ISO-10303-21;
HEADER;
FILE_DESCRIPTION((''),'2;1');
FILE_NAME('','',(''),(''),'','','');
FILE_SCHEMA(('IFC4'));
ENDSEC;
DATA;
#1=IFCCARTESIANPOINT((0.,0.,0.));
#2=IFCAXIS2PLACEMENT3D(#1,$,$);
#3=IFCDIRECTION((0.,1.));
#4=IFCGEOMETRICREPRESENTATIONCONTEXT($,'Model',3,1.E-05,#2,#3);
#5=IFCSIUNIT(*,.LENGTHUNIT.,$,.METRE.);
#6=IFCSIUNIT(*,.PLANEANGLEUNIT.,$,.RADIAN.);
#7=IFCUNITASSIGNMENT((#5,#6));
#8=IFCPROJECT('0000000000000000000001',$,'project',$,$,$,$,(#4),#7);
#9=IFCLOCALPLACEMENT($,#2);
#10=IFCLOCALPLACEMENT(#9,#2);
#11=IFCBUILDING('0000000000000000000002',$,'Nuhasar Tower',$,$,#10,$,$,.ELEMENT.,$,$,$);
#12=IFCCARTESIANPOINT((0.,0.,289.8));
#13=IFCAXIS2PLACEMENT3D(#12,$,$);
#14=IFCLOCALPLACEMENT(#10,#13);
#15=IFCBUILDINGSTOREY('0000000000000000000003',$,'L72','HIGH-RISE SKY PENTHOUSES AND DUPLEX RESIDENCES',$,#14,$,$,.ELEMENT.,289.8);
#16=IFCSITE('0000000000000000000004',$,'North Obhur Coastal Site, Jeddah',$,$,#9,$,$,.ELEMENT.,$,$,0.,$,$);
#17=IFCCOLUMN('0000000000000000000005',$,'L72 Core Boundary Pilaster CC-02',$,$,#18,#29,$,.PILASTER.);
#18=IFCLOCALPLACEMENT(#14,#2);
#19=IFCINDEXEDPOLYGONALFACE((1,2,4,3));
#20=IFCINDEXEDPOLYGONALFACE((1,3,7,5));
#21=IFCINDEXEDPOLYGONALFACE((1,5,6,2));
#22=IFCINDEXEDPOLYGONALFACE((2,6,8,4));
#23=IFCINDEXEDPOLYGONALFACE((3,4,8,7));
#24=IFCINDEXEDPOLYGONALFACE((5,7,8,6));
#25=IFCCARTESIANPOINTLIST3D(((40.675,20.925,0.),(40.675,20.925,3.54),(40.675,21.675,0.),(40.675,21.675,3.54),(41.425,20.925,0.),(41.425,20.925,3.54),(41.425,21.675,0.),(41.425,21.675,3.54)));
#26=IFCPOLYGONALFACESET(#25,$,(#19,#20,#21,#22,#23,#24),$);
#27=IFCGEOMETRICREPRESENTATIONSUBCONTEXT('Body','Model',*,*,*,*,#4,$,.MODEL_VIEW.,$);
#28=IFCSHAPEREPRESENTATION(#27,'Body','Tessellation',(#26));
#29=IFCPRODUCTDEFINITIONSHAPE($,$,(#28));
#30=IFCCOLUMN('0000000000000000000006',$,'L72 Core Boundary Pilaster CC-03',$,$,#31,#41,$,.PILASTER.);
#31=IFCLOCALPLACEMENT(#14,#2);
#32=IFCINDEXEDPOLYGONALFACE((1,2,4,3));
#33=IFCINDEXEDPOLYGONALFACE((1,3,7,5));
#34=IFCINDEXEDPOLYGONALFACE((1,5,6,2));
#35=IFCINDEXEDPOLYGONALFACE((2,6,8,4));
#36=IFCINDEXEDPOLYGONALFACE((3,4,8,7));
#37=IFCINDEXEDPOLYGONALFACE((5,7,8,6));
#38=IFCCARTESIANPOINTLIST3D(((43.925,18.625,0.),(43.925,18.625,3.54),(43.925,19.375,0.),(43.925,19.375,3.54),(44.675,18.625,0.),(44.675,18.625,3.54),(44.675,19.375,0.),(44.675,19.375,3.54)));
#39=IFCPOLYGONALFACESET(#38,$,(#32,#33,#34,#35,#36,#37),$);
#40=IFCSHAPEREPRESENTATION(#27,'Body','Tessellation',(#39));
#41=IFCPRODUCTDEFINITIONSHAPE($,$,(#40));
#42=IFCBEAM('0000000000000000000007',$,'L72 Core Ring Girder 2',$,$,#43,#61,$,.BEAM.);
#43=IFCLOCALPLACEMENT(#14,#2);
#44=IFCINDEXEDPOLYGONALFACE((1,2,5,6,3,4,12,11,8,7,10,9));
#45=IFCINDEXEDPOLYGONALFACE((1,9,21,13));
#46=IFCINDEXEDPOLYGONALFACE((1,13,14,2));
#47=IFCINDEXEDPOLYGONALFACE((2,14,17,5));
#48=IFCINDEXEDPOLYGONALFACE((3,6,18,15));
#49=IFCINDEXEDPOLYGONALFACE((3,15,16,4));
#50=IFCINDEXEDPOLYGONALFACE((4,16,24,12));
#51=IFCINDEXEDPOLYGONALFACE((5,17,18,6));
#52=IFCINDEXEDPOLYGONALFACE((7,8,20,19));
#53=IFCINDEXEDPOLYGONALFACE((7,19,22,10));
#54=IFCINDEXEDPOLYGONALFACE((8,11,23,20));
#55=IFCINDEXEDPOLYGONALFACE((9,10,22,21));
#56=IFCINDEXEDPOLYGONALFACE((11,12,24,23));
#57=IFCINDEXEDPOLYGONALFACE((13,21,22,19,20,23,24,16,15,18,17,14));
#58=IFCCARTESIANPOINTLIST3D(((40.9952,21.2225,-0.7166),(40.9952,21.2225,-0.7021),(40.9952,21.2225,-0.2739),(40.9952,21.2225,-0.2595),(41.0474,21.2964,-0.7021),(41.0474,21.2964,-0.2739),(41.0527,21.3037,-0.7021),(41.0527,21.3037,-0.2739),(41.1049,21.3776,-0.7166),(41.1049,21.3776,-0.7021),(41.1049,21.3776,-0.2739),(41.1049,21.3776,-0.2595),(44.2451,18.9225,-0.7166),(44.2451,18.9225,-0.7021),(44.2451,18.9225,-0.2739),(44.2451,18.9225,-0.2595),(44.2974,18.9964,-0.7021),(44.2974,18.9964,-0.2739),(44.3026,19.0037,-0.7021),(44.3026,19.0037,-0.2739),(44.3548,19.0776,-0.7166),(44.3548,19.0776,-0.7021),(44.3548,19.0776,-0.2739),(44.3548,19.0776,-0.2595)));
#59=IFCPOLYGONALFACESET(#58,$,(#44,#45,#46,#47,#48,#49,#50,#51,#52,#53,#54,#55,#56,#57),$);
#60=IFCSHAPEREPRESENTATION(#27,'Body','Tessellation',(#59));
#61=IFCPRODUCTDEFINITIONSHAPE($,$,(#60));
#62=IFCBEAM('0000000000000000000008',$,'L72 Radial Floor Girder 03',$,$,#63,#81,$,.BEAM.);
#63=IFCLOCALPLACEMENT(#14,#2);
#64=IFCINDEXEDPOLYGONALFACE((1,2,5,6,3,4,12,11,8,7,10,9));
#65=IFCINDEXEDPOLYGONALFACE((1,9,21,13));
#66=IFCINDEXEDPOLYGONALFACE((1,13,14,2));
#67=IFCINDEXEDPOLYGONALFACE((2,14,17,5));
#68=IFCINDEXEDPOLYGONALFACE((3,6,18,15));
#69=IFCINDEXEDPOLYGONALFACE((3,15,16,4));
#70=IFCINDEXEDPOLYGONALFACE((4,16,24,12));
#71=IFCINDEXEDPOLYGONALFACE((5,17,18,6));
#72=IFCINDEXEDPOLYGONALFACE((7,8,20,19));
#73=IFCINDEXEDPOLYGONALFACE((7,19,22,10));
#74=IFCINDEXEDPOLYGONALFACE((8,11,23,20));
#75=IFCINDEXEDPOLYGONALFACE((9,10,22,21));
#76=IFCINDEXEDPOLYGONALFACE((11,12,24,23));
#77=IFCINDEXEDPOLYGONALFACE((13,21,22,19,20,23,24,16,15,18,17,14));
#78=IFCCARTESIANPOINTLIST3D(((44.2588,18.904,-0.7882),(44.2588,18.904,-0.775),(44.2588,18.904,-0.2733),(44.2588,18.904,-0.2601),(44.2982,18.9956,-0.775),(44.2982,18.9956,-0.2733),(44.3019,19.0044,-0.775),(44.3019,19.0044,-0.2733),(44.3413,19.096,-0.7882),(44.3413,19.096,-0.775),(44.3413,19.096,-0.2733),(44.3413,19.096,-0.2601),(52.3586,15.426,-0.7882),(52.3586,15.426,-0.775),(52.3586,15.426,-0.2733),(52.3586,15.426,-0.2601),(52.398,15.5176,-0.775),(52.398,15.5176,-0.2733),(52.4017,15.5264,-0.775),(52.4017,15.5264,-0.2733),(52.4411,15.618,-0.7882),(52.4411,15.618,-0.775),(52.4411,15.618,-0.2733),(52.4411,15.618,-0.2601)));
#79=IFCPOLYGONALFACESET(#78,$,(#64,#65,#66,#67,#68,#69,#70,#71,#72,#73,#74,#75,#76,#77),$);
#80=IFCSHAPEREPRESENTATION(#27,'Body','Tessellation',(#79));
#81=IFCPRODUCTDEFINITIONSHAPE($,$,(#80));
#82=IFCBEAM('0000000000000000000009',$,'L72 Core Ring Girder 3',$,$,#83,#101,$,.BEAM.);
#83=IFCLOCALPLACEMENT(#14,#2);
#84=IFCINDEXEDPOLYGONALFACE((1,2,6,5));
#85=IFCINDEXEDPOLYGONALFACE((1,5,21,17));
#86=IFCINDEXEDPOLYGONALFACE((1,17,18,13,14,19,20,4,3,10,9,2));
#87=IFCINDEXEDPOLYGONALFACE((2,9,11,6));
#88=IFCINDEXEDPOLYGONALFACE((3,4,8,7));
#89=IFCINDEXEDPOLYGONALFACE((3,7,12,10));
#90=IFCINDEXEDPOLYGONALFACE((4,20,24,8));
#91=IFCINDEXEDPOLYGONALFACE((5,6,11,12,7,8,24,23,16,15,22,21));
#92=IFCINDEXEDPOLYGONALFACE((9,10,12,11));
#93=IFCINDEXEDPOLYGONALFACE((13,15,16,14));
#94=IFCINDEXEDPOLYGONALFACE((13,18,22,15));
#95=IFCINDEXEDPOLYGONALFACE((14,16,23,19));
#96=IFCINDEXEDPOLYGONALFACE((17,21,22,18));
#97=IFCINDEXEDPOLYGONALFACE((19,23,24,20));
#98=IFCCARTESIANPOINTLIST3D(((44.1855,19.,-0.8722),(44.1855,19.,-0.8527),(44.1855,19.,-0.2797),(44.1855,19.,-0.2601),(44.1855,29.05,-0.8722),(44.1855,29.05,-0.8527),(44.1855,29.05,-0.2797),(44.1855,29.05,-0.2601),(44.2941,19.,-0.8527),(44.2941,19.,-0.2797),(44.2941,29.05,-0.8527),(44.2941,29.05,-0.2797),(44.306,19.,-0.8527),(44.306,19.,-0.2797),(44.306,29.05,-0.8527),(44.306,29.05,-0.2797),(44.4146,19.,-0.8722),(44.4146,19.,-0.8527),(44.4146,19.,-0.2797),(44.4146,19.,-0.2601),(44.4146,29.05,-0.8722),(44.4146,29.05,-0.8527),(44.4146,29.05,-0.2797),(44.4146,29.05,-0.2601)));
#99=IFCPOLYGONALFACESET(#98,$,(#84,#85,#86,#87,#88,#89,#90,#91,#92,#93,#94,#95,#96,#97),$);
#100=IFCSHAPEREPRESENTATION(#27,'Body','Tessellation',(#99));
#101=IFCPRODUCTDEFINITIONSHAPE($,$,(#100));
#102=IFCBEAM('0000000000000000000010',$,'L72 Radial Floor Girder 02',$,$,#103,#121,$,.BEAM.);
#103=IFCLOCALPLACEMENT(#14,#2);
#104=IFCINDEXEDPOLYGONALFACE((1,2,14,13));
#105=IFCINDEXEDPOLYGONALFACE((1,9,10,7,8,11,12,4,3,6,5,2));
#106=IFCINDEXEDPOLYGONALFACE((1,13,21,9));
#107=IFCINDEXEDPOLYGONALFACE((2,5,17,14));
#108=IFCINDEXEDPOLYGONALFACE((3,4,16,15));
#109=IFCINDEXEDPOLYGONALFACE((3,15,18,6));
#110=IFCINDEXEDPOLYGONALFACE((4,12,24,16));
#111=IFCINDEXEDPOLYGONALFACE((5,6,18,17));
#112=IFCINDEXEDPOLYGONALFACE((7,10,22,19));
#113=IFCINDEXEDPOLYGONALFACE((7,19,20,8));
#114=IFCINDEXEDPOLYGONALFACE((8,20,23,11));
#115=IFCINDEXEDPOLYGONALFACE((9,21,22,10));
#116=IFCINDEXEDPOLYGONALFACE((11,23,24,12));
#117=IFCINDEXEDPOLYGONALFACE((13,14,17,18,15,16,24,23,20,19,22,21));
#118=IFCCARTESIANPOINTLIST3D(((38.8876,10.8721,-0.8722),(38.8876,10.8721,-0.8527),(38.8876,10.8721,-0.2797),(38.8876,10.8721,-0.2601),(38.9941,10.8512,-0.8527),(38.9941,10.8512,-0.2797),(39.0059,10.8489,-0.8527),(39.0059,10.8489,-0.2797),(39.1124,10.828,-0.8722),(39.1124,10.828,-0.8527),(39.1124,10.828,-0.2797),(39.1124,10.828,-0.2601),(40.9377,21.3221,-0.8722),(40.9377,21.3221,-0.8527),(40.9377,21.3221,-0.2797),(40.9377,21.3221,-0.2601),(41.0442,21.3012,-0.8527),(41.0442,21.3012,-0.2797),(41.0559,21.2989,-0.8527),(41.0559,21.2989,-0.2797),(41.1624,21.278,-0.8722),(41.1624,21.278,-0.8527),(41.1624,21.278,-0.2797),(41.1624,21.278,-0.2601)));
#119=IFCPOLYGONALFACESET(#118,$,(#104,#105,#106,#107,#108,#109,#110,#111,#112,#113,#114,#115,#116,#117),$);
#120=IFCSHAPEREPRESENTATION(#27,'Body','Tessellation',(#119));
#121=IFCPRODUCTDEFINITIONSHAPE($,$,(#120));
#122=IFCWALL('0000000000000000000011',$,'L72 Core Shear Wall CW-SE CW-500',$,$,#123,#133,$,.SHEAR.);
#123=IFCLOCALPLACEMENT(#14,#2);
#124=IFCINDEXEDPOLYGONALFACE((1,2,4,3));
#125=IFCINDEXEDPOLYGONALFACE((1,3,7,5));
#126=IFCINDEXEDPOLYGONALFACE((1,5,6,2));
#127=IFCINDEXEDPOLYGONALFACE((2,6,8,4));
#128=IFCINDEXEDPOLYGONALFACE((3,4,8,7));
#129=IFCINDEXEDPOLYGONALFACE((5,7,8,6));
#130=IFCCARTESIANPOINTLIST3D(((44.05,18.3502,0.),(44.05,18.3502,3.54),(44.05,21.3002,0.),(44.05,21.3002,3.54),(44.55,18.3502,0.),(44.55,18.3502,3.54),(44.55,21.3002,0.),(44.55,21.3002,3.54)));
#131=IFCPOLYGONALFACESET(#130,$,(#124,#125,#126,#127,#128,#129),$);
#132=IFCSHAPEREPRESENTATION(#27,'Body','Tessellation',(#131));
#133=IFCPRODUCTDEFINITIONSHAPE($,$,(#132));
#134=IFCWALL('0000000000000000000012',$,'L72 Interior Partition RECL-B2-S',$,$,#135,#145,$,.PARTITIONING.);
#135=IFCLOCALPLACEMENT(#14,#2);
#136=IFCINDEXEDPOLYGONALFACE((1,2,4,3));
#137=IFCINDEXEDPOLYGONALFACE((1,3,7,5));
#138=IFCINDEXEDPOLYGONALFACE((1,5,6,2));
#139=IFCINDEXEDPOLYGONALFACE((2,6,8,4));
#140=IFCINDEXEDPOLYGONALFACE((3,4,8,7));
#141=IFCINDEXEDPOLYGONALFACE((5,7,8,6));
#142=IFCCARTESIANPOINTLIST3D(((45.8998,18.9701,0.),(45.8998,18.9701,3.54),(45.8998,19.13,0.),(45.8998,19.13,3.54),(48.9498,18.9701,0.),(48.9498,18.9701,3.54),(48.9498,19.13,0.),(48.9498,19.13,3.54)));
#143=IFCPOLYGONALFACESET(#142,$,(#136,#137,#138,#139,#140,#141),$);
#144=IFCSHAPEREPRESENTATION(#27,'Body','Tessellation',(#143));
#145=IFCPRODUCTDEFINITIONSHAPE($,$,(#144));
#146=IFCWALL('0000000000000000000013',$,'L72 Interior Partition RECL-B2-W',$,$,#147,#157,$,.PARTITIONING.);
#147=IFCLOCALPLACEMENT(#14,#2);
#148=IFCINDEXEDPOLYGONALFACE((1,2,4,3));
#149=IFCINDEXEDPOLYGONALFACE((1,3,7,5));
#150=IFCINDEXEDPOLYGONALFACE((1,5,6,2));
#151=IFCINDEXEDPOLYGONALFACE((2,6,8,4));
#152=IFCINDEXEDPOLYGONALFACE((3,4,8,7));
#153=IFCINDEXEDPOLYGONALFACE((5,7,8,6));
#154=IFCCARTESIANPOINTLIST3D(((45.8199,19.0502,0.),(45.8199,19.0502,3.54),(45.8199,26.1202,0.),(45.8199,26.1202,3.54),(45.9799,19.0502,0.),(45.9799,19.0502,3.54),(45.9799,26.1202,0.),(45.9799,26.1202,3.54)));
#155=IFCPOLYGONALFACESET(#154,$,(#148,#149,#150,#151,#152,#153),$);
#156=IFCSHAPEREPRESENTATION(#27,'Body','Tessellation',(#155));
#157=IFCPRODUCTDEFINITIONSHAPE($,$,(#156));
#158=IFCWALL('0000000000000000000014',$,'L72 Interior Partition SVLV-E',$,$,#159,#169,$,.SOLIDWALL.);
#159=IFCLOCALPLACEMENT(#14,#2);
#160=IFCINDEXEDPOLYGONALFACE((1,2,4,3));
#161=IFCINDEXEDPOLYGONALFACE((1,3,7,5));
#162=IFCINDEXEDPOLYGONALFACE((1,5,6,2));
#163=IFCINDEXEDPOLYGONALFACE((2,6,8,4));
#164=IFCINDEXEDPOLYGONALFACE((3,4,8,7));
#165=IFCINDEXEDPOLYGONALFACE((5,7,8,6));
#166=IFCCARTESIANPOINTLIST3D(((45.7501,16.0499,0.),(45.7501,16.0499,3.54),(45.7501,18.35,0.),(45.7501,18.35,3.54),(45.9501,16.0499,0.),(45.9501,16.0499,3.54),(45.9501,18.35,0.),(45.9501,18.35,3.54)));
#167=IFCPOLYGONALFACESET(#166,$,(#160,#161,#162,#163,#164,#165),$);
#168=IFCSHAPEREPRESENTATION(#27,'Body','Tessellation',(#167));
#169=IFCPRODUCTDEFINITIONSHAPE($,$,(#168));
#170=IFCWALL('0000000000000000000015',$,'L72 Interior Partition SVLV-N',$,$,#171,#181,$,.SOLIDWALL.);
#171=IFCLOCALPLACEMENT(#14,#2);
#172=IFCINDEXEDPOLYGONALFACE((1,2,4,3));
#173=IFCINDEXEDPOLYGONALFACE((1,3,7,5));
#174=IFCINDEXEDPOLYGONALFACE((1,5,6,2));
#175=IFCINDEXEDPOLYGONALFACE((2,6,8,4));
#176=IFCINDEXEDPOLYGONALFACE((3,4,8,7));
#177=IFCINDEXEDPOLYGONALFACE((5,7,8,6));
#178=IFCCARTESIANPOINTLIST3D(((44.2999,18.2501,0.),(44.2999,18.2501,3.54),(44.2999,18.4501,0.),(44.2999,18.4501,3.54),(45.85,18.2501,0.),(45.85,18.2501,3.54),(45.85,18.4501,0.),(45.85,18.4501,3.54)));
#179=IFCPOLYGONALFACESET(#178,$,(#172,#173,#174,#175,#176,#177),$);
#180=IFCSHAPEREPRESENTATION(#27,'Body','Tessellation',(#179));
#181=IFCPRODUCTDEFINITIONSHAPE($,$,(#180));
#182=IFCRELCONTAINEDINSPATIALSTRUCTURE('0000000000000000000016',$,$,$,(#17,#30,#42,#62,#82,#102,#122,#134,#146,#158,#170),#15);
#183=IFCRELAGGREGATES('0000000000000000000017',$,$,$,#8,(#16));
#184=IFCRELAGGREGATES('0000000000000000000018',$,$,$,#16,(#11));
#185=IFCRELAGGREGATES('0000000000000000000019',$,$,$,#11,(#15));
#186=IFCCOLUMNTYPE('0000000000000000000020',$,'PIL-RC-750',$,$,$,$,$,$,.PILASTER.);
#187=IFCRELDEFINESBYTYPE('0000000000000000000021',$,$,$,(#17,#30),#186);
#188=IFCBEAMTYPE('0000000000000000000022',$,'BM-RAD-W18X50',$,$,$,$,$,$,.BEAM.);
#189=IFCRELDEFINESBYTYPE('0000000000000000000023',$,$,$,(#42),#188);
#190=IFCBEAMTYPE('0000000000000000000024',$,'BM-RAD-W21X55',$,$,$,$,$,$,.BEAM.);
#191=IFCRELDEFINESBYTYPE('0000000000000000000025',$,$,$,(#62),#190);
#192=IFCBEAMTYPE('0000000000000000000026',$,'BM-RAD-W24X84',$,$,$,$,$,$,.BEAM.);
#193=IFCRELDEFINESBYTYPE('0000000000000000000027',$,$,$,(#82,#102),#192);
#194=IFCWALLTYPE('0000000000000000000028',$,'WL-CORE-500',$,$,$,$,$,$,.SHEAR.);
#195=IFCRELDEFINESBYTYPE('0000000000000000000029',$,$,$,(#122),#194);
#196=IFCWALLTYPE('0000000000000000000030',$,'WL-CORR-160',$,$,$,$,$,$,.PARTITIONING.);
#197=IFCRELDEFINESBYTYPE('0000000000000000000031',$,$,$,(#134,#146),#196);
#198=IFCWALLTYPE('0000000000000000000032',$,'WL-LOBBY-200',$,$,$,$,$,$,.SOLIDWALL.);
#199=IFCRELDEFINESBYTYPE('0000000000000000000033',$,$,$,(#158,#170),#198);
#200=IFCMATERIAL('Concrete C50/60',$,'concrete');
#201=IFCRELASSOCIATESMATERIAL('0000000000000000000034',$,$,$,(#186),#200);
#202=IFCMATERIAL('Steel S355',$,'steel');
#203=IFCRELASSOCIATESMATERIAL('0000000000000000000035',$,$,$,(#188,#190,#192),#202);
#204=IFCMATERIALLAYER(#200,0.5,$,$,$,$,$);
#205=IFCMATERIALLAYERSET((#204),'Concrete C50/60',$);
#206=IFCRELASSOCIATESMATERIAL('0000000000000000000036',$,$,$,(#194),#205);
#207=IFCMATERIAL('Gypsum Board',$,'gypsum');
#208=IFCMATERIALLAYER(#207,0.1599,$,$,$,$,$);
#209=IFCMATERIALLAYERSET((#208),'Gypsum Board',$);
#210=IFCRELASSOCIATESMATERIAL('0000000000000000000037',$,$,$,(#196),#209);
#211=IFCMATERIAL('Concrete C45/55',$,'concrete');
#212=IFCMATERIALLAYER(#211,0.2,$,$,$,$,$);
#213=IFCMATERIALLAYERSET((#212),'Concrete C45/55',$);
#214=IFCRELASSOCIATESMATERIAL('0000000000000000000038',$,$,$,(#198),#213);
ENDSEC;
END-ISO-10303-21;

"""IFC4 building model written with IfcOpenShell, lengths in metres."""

from ifc_helpers import new_model, si_unit, direction, frame, frame_2d, origin, origin_2d, place, context, subcontext, project, spatial, rectangle, i_section, extrude, material, layer, layer_set, material_profile, profile_set, type_object, element, save


model = new_model("IFC4")

# Units and contexts
model_context = context("Model", 3, precision=1e-05, world=origin(), true_north=direction((0.0, 1.0)))
body_context = subcontext(model_context, "Body", "Model", "MODEL_VIEW")
ifc_project = project(units=[si_unit("LENGTHUNIT", "METRE"), si_unit("PLANEANGLEUNIT", "RADIAN")], contexts=[model_context])

# Site, building, storey
site_placement = place(None, origin())
site = spatial("IfcSite", under=ifc_project, at=site_placement, Name="North Obhur Coastal Site, Jeddah", CompositionType="ELEMENT", RefElevation=0.0)
building_placement = place(site_placement, origin())
building = spatial("IfcBuilding", under=site, at=building_placement, Name="Nuhasar Tower", CompositionType="ELEMENT")
storey_placement = place(building_placement, frame((0.0, 0.0, 289.8)))
storey = spatial("IfcBuildingStorey", under=building, at=storey_placement, Name="L72", Description="HIGH-RISE SKY PENTHOUSES AND DUPLEX RESIDENCES", CompositionType="ELEMENT", Elevation=289.8)

# Columns
ifc_material_1 = material(Name="Concrete C50/60", Category="concrete")
ifc_material_profile_1 = material_profile(ifc_material_1, rectangle(XDim=0.75, YDim=0.75, at=origin_2d()), Name="RC750X750")
ifc_profile_set_1 = profile_set([ifc_material_profile_1], Name="Concrete C50/60")
column_type = type_object("IfcColumnType", Name="PIL-RC-750", PredefinedType="PILASTER", material=ifc_profile_set_1)
for number, where, z_axis, x_axis, name in (
    (1, (41.05, 21.3, 0.0), (0.0, 0.0, 1.0), (1.0, 0.0, 0.0), "L72 Core Boundary Pilaster CC-02"),
    (2, (44.3, 19.0, 0.0), (0.0, 0.0, 1.0), (1.0, 0.0, 0.0), "L72 Core Boundary Pilaster CC-03"),
):
    element("IfcColumn", number, at=place(storey_placement, frame(where, z_axis=z_axis, x_axis=x_axis)), inside=storey, type_object=column_type, Name=name, PredefinedType="PILASTER", context=body_context, shape_type="SweptSolid", body=[
        extrude(rectangle(XDim=0.75, YDim=0.75, at=origin_2d()), origin(), (0.0, 0.0, 1.0), 3.54),
    ])

# Beams
ifc_material_2 = material(Name="Steel S355", Category="steel")
ifc_material_profile_2 = material_profile(ifc_material_2, i_section(OverallWidth=0.1899, OverallDepth=0.457, WebThickness=0.009, FlangeThickness=0.0144, at=origin_2d()), Name="W18X50")
ifc_profile_set_2 = profile_set([ifc_material_profile_2], Name="Steel S355")
beam_type_1 = type_object("IfcBeamType", Name="BM-RAD-W18X50", PredefinedType="BEAM", material=ifc_profile_set_2)
beam_1_placement = place(storey_placement, frame((41.05, 21.3, -0.488), z_axis=(0.816265, -0.577677, 0.0), x_axis=(0.577677, 0.816265, 0.0)))
element("IfcBeam", 3, at=beam_1_placement, inside=storey, type_object=beam_type_1, Name="L72 Core Ring Girder 2", PredefinedType="BEAM", context=body_context, shape_type="SweptSolid", body=[
    extrude(i_section(OverallWidth=0.1899, OverallDepth=0.457, WebThickness=0.009, FlangeThickness=0.0144, at=origin_2d()), origin(), (0.0, 0.0, 1.0), 3.9814),
])
ifc_material_profile_3 = material_profile(ifc_material_2, i_section(OverallWidth=0.209, OverallDepth=0.5281, WebThickness=0.0095, FlangeThickness=0.0132, at=origin_2d()), Name="W21X55")
ifc_profile_set_3 = profile_set([ifc_material_profile_3], Name="Steel S355")
beam_type_2 = type_object("IfcBeamType", Name="BM-RAD-W21X55", PredefinedType="BEAM", material=ifc_profile_set_3)
beam_2_placement = place(storey_placement, frame((44.3, 19.0, -0.5242), z_axis=(0.918871, -0.394558, 0.0), x_axis=(0.394558, 0.918871, 0.0)))
element("IfcBeam", 4, at=beam_2_placement, inside=storey, type_object=beam_type_2, Name="L72 Radial Floor Girder 03", PredefinedType="BEAM", context=body_context, shape_type="SweptSolid", body=[
    extrude(i_section(OverallWidth=0.209, OverallDepth=0.5281, WebThickness=0.0095, FlangeThickness=0.0132, at=origin_2d()), origin(), (0.0, 0.0, 1.0), 8.8149),
])
ifc_material_profile_4 = material_profile(ifc_material_2, i_section(OverallWidth=0.229, OverallDepth=0.6121, WebThickness=0.012, FlangeThickness=0.0195, at=origin_2d()), Name="W24X84")
ifc_profile_set_4 = profile_set([ifc_material_profile_4], Name="Steel S355")
beam_type_3 = type_object("IfcBeamType", Name="BM-RAD-W24X84", PredefinedType="BEAM", material=ifc_profile_set_4)
beam_3_placement = place(storey_placement, frame((44.3, 19.0, -0.5662), z_axis=(0.0, 1.0, 0.0), x_axis=(-1.0, 0.0, 0.0)))
element("IfcBeam", 5, at=beam_3_placement, inside=storey, type_object=beam_type_3, Name="L72 Core Ring Girder 3", PredefinedType="BEAM", context=body_context, shape_type="SweptSolid", body=[
    extrude(i_section(OverallWidth=0.229, OverallDepth=0.6121, WebThickness=0.012, FlangeThickness=0.0195, at=origin_2d()), origin(), (0.0, 0.0, 1.0), 10.05),
])
beam_4_placement = place(storey_placement, frame((41.05, 21.3, -0.5662), z_axis=(-0.192508, -0.981295, 0.0), x_axis=(0.981295, -0.192508, 0.0)))
element("IfcBeam", 6, at=beam_4_placement, inside=storey, type_object=beam_type_3, Name="L72 Radial Floor Girder 02", PredefinedType="BEAM", context=body_context, shape_type="SweptSolid", body=[
    extrude(i_section(OverallWidth=0.229, OverallDepth=0.6121, WebThickness=0.012, FlangeThickness=0.0195, at=origin_2d()), origin(), (0.0, 0.0, 1.0), 10.6492),
])

# Walls
ifc_layer_1 = layer(ifc_material_1, 0.5)
ifc_layer_set_1 = layer_set([ifc_layer_1], Name="Concrete C50/60")
wall_type_1 = type_object("IfcWallType", Name="WL-CORE-500", PredefinedType="SHEAR", material=ifc_layer_set_1)
wall_1_placement = place(storey_placement, frame((44.3, 18.3501, 0.0), z_axis=(0.0, 0.0, 1.0), x_axis=(0.0, 1.0, 0.0)))
element("IfcWall", 7, at=wall_1_placement, inside=storey, type_object=wall_type_1, Name="L72 Core Shear Wall CW-SE CW-500", PredefinedType="SHEAR", context=body_context, shape_type="SweptSolid", body=[
    extrude(rectangle(XDim=2.95, YDim=0.5, at=frame_2d((1.4751, 0.0))), origin(), (0.0, 0.0, 1.0), 3.54),
])
ifc_material_3 = material(Name="Gypsum Board", Category="gypsum")
ifc_layer_2 = layer(ifc_material_3, 0.1599)
ifc_layer_set_2 = layer_set([ifc_layer_2], Name="Gypsum Board")
wall_type_2 = type_object("IfcWallType", Name="WL-CORR-160", PredefinedType="PARTITIONING", material=ifc_layer_set_2)
wall_2_placement = place(storey_placement, frame((45.8999, 19.05, 0.0), z_axis=(0.0, 0.0, 1.0), x_axis=(1.0, 0.0, 0.0)))
element("IfcWall", 8, at=wall_2_placement, inside=storey, type_object=wall_type_2, Name="L72 Interior Partition RECL-B2-S", PredefinedType="PARTITIONING", context=body_context, shape_type="SweptSolid", body=[
    extrude(rectangle(XDim=3.05, YDim=0.1599, at=frame_2d((1.5249, 0.0))), origin(), (0.0, 0.0, 1.0), 3.54),
])
wall_3_placement = place(storey_placement, frame((45.8999, 19.05, 0.0), z_axis=(0.0, 0.0, 1.0), x_axis=(0.0, 1.0, 0.0)))
element("IfcWall", 9, at=wall_3_placement, inside=storey, type_object=wall_type_2, Name="L72 Interior Partition RECL-B2-W", PredefinedType="PARTITIONING", context=body_context, shape_type="SweptSolid", body=[
    extrude(rectangle(XDim=7.0701, YDim=0.1599, at=frame_2d((3.5352, 0.0))), origin(), (0.0, 0.0, 1.0), 3.54),
])

# Shared definitions
ifc_material_4 = material(Name="Concrete C45/55", Category="concrete")
ifc_layer_3 = layer(ifc_material_4, 0.2)
ifc_layer_set_3 = layer_set([ifc_layer_3], Name="Concrete C45/55")
wall_type_3 = type_object("IfcWallType", Name="WL-LOBBY-200", PredefinedType="SOLIDWALL", material=ifc_layer_set_3)

# Walls
wall_4_placement = place(storey_placement, frame((45.8501, 16.05, 0.0), z_axis=(0.0, 0.0, 1.0), x_axis=(0.0, 1.0, 0.0)))
element("IfcWall", 10, at=wall_4_placement, inside=storey, type_object=wall_type_3, Name="L72 Interior Partition SVLV-E", PredefinedType="SOLIDWALL", context=body_context, shape_type="SweptSolid", body=[
    extrude(rectangle(XDim=2.3, YDim=0.2, at=frame_2d((1.1499, 0.0))), origin(), (0.0, 0.0, 1.0), 3.54),
])
wall_5_placement = place(storey_placement, frame((44.3, 18.3501, 0.0), z_axis=(0.0, 0.0, 1.0), x_axis=(1.0, 0.0, 0.0)))
element("IfcWall", 11, at=wall_5_placement, inside=storey, type_object=wall_type_3, Name="L72 Interior Partition SVLV-N", PredefinedType="SOLIDWALL", context=body_context, shape_type="SweptSolid", body=[
    extrude(rectangle(XDim=1.55, YDim=0.2, at=frame_2d((0.7749, 0.0))), origin(), (0.0, 0.0, 1.0), 3.54),
])

save(model, "model.ifc")
